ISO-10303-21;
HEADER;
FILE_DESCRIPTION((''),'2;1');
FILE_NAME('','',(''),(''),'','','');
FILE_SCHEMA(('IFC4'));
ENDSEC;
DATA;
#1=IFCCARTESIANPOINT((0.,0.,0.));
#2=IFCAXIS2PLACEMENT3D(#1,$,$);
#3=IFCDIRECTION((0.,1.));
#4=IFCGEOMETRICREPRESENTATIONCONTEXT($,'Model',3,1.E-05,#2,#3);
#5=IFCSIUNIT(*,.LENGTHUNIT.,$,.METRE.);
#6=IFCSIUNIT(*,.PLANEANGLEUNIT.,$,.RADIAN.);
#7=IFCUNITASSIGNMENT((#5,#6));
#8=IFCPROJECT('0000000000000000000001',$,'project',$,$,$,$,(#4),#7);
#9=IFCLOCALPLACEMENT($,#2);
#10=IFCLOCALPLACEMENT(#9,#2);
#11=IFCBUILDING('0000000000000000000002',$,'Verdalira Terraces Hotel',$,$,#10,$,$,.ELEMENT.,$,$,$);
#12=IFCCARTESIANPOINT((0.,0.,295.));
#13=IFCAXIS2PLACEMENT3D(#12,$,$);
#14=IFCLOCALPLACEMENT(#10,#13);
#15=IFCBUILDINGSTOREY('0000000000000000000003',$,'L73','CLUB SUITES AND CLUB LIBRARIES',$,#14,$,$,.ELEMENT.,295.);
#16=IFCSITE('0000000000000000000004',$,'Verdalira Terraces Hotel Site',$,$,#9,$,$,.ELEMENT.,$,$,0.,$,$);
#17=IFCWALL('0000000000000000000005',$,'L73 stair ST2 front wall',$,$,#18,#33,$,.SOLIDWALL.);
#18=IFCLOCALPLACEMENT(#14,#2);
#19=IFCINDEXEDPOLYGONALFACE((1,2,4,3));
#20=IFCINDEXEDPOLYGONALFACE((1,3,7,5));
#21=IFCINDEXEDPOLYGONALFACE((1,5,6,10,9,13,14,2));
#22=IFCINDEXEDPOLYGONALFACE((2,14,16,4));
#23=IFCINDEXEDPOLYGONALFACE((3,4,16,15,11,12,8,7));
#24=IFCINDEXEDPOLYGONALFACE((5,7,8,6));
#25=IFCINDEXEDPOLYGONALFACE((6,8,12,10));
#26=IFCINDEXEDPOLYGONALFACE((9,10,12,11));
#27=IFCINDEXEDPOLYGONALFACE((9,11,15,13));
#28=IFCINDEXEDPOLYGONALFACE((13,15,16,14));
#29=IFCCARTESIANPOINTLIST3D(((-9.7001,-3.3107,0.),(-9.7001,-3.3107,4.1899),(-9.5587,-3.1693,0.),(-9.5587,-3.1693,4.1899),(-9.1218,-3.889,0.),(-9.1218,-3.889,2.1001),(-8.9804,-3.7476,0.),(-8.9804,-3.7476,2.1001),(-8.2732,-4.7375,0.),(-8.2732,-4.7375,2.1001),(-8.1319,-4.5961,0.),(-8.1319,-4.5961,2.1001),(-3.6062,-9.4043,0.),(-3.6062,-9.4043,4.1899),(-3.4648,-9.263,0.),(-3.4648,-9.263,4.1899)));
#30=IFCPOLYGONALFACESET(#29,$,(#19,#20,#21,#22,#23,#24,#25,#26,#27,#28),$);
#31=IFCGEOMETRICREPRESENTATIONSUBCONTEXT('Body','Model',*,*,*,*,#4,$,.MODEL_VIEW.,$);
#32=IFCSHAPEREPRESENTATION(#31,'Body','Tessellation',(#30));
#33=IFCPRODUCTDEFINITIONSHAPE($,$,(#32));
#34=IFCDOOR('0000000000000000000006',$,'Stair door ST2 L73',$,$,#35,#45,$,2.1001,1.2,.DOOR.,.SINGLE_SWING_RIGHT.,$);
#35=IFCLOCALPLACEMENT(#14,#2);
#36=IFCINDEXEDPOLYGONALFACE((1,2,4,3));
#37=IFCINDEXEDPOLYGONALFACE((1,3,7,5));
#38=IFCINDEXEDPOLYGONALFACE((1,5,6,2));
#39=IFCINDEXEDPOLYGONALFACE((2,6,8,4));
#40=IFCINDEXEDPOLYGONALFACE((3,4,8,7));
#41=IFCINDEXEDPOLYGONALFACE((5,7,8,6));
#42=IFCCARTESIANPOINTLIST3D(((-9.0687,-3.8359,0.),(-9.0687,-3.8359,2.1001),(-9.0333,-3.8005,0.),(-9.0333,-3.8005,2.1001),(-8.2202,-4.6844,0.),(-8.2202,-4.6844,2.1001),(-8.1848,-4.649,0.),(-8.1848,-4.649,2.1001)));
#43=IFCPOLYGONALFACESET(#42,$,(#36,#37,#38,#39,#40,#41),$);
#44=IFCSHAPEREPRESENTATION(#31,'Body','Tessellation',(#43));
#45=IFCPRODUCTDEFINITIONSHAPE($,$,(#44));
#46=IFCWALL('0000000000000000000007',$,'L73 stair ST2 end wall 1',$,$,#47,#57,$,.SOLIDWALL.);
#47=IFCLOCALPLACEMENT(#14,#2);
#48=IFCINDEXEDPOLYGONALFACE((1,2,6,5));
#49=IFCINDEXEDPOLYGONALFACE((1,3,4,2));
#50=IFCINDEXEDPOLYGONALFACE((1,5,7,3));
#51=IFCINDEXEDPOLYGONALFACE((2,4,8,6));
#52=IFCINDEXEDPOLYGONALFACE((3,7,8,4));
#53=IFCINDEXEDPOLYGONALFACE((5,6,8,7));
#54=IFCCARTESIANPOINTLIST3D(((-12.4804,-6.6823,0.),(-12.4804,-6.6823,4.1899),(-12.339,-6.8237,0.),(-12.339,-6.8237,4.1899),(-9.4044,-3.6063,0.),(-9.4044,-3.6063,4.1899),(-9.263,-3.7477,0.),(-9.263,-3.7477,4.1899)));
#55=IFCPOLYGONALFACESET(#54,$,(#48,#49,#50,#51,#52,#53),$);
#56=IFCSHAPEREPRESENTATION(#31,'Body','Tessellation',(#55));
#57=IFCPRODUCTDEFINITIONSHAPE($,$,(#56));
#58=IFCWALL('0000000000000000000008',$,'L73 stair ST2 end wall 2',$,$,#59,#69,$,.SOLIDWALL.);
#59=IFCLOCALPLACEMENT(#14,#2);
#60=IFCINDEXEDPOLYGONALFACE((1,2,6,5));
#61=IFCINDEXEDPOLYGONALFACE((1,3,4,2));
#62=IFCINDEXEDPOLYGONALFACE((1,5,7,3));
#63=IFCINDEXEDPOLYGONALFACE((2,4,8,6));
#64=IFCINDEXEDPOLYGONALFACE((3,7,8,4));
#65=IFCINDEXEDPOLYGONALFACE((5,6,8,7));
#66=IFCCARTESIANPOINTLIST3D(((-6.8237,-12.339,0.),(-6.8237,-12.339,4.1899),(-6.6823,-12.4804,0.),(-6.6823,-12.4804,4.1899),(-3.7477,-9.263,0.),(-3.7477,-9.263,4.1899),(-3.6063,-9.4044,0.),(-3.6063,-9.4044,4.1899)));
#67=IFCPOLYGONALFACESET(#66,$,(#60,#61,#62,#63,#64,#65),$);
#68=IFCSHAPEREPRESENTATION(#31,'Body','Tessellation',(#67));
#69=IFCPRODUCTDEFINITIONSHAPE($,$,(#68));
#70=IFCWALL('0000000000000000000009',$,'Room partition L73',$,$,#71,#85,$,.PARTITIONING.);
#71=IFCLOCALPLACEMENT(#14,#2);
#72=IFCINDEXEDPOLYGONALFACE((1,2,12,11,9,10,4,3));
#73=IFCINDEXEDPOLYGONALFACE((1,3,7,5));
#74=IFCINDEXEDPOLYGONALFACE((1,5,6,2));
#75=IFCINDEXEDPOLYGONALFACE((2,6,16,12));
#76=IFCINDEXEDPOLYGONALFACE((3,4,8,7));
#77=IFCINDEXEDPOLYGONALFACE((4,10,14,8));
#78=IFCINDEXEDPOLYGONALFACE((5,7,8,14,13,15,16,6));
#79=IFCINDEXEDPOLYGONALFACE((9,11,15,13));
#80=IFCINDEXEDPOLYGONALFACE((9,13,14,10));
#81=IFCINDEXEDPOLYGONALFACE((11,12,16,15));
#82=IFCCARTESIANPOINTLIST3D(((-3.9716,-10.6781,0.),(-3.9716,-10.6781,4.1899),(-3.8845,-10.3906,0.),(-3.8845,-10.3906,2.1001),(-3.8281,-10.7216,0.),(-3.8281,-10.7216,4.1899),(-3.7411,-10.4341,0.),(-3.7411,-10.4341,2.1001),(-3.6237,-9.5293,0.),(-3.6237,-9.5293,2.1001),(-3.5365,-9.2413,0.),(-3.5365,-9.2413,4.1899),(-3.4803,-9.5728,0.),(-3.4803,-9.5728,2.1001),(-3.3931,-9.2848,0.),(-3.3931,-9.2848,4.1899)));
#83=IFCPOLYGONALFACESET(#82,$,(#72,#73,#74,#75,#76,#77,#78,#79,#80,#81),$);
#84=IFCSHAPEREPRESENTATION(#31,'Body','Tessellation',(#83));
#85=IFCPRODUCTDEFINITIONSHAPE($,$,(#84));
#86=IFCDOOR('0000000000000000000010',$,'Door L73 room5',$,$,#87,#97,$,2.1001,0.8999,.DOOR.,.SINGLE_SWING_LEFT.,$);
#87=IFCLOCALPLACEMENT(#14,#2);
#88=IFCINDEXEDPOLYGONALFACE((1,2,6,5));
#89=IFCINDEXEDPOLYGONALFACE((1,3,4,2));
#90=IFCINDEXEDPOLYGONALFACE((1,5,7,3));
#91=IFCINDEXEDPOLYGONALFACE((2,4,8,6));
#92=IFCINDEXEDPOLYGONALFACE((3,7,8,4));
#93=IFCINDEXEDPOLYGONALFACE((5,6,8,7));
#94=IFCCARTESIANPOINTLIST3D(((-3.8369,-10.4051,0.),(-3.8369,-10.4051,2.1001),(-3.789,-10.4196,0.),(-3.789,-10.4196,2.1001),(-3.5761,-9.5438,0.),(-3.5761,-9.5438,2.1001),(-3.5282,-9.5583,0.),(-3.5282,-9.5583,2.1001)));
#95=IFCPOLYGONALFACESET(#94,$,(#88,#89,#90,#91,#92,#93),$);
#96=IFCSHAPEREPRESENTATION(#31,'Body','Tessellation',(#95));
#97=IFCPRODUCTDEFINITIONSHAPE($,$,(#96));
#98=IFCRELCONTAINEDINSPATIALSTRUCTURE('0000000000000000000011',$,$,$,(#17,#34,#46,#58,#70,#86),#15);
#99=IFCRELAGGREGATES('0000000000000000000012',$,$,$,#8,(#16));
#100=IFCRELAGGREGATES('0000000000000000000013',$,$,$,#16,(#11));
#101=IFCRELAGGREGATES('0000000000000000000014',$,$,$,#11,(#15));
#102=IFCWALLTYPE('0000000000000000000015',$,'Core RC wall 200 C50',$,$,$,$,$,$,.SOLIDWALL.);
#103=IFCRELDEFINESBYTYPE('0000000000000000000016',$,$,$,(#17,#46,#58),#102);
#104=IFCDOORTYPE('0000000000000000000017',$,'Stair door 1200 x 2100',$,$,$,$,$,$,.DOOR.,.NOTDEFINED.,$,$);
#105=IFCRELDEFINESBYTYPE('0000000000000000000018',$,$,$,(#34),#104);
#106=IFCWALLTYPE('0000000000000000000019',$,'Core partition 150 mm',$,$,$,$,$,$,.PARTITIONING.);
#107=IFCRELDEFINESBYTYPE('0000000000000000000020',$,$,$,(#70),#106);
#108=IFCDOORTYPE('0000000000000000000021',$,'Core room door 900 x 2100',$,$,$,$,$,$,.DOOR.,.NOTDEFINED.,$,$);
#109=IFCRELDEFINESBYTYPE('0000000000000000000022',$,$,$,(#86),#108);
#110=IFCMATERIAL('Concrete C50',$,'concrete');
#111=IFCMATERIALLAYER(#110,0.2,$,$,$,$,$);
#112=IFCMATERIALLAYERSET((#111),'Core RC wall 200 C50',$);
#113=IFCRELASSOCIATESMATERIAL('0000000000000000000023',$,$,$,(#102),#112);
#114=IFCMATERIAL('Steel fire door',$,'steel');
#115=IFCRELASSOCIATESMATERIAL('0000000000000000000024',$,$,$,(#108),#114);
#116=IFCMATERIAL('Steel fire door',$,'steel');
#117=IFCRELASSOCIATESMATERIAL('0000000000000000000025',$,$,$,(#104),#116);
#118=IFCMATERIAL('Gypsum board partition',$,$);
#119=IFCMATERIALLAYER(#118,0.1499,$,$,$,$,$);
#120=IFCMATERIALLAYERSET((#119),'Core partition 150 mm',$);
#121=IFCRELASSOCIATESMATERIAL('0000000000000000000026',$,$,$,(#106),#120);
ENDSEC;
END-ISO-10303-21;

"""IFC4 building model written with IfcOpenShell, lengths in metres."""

from ifc_helpers import new_model, si_unit, direction, frame, frame_2d, origin, place, context, subcontext, project, spatial, rectangle, extrude, material, layer, layer_set, type_object, element, fill, save


model = new_model("IFC4")

# Units and contexts
model_context = context("Model", 3, precision=1e-05, world=origin(), true_north=direction((0.0, 1.0)))
body_context = subcontext(model_context, "Body", "Model", "MODEL_VIEW")
ifc_project = project(units=[si_unit("LENGTHUNIT", "METRE"), si_unit("PLANEANGLEUNIT", "RADIAN")], contexts=[model_context])

# Site, building, storey
site_placement = place(None, origin())
site = spatial("IfcSite", under=ifc_project, at=site_placement, Name="Verdalira Terraces Hotel Site", CompositionType="ELEMENT", RefElevation=0.0)
building_placement = place(site_placement, origin())
building = spatial("IfcBuilding", under=site, at=building_placement, Name="Verdalira Terraces Hotel", CompositionType="ELEMENT")
storey_placement = place(building_placement, frame((0.0, 0.0, 295.0)))
storey = spatial("IfcBuildingStorey", under=building, at=storey_placement, Name="L73", Description="CLUB SUITES AND CLUB LIBRARIES", CompositionType="ELEMENT", Elevation=295.0)

# Shared definitions
ifc_material_1 = material(Name="Concrete C50", Category="concrete")
ifc_layer_1 = layer(ifc_material_1, 0.2)
ifc_layer_set_1 = layer_set([ifc_layer_1], Name="Core RC wall 200 C50")
wall_type_1 = type_object("IfcWallType", Name="Core RC wall 200 C50", PredefinedType="SOLIDWALL", material=ifc_layer_set_1)

# Shared definitions
ifc_material_2 = material(Name="Steel fire door", Category="steel")
door_type_1 = type_object("IfcDoorType", Name="Core room door 900 x 2100", OperationType="NOTDEFINED", PredefinedType="DOOR", material=ifc_material_2)

# Wall, opening, door
wall_1_placement = place(storey_placement, frame((-3.5354, -9.3337, 0.0), z_axis=(0.0, 0.0, 1.0), x_axis=(-0.707121, 0.707093, 0.0)))
wall_1 = element("IfcWall", 1, at=wall_1_placement, inside=storey, type_object=wall_type_1, Name="L73 stair ST2 front wall", PredefinedType="SOLIDWALL", context=body_context, shape_type="SweptSolid", body=[
    extrude(rectangle(XDim=8.6179, YDim=0.2, at=frame_2d((4.3091, 0.0))), origin(), (0.0, 0.0, 1.0), 4.1899),
])
opening_1_placement = place(wall_1_placement, frame((6.6001, 0.0, 0.0)))
opening_1 = element("IfcOpeningElement", 2, at=opening_1_placement, cuts=wall_1, PredefinedType="OPENING", context=body_context, shape_type="SweptSolid", body=[
    extrude(rectangle(XDim=1.2, YDim=2.1001, at=frame_2d((0.6001, 1.05))), frame((0.0, 0.1099, 0.0), z_axis=(0.0, -1.0, 0.0), x_axis=(1.0, 0.0, 0.0)), (0.0, 0.0, 1.0), 0.22),
])
ifc_material_3 = material(Name="Steel fire door", Category="steel")
door_type_2 = type_object("IfcDoorType", Name="Stair door 1200 x 2100", OperationType="NOTDEFINED", PredefinedType="DOOR", material=ifc_material_3)
door_1_placement = place(opening_1_placement, origin())
door_1 = element("IfcDoor", 3, at=door_1_placement, inside=storey, type_object=door_type_2, Name="Stair door ST2 L73", OperationType="SINGLE_SWING_RIGHT", OverallHeight=2.1001, OverallWidth=1.2, PredefinedType="DOOR", context=body_context, shape_type="SweptSolid", body=[
    extrude(rectangle(XDim=1.2, YDim=2.1001, at=frame_2d((0.6001, 1.05))), frame((0.0, 0.0249, 0.0), z_axis=(0.0, -1.0, 0.0), x_axis=(1.0, 0.0, 0.0)), (0.0, 0.0, 1.0), 0.05),
])
fill(opening_1, door_1)

# Walls
for number, where, z_axis, x_axis, name in (
    (4, (-9.3337, -3.677, 0.0), (0.0, 0.0, 1.0), (-0.707107, -0.707107, 0.0), "L73 stair ST2 end wall 1"),
    (5, (-3.677, -9.3337, 0.0), (0.0, 0.0, 1.0), (-0.707107, -0.707107, 0.0), "L73 stair ST2 end wall 2"),
):
    element("IfcWall", number, at=place(storey_placement, frame(where, z_axis=z_axis, x_axis=x_axis)), inside=storey, type_object=wall_type_1, Name=name, PredefinedType="SOLIDWALL", context=body_context, shape_type="SweptSolid", body=[
        extrude(rectangle(XDim=4.3501, YDim=0.2, at=frame_2d((2.175, 0.0))), origin(), (0.0, 0.0, 1.0), 4.1899),
    ])

# Wall, opening, door
ifc_material_4 = material(Name="Gypsum board partition")
ifc_layer_2 = layer(ifc_material_4, 0.1499)
ifc_layer_set_2 = layer_set([ifc_layer_2], Name="Core partition 150 mm")
wall_type_2 = type_object("IfcWallType", Name="Core partition 150 mm", PredefinedType="PARTITIONING", material=ifc_layer_set_2)
wall_2_placement = place(storey_placement, frame((-3.4648, -9.2632, 0.0), z_axis=(0.0, 0.0, 1.0), x_axis=(-0.289809, -0.957085, 0.0)))
wall_2 = element("IfcWall", 6, at=wall_2_placement, inside=storey, type_object=wall_type_2, Name="Room partition L73", PredefinedType="PARTITIONING", context=body_context, shape_type="SweptSolid", body=[
    extrude(rectangle(XDim=1.5012, YDim=0.1499, at=frame_2d((0.7505, 0.0))), origin(), (0.0, 0.0, 1.0), 4.1899),
])
opening_2_placement = place(wall_2_placement, frame((0.3008, 0.0, 0.0)))
opening_2 = element("IfcOpeningElement", 7, at=opening_2_placement, cuts=wall_2, PredefinedType="OPENING", context=body_context, shape_type="SweptSolid", body=[
    extrude(rectangle(XDim=0.8999, YDim=2.1001, at=frame_2d((0.45, 1.05))), frame((0.0, 0.085, 0.0), z_axis=(0.0, -1.0, 0.0), x_axis=(1.0, 0.0, 0.0)), (0.0, 0.0, 1.0), 0.1699),
])
door_2_placement = place(opening_2_placement, origin())
door_2 = element("IfcDoor", 8, at=door_2_placement, inside=storey, type_object=door_type_1, Name="Door L73 room5", OperationType="SINGLE_SWING_LEFT", OverallHeight=2.1001, OverallWidth=0.8999, PredefinedType="DOOR", context=body_context, shape_type="SweptSolid", body=[
    extrude(rectangle(XDim=0.8999, YDim=2.1001, at=frame_2d((0.45, 1.05))), frame((0.0, 0.0249, 0.0), z_axis=(0.0, -1.0, 0.0), x_axis=(1.0, 0.0, 0.0)), (0.0, 0.0, 1.0), 0.05),
])
fill(opening_2, door_2)

save(model, "model.ifc")
